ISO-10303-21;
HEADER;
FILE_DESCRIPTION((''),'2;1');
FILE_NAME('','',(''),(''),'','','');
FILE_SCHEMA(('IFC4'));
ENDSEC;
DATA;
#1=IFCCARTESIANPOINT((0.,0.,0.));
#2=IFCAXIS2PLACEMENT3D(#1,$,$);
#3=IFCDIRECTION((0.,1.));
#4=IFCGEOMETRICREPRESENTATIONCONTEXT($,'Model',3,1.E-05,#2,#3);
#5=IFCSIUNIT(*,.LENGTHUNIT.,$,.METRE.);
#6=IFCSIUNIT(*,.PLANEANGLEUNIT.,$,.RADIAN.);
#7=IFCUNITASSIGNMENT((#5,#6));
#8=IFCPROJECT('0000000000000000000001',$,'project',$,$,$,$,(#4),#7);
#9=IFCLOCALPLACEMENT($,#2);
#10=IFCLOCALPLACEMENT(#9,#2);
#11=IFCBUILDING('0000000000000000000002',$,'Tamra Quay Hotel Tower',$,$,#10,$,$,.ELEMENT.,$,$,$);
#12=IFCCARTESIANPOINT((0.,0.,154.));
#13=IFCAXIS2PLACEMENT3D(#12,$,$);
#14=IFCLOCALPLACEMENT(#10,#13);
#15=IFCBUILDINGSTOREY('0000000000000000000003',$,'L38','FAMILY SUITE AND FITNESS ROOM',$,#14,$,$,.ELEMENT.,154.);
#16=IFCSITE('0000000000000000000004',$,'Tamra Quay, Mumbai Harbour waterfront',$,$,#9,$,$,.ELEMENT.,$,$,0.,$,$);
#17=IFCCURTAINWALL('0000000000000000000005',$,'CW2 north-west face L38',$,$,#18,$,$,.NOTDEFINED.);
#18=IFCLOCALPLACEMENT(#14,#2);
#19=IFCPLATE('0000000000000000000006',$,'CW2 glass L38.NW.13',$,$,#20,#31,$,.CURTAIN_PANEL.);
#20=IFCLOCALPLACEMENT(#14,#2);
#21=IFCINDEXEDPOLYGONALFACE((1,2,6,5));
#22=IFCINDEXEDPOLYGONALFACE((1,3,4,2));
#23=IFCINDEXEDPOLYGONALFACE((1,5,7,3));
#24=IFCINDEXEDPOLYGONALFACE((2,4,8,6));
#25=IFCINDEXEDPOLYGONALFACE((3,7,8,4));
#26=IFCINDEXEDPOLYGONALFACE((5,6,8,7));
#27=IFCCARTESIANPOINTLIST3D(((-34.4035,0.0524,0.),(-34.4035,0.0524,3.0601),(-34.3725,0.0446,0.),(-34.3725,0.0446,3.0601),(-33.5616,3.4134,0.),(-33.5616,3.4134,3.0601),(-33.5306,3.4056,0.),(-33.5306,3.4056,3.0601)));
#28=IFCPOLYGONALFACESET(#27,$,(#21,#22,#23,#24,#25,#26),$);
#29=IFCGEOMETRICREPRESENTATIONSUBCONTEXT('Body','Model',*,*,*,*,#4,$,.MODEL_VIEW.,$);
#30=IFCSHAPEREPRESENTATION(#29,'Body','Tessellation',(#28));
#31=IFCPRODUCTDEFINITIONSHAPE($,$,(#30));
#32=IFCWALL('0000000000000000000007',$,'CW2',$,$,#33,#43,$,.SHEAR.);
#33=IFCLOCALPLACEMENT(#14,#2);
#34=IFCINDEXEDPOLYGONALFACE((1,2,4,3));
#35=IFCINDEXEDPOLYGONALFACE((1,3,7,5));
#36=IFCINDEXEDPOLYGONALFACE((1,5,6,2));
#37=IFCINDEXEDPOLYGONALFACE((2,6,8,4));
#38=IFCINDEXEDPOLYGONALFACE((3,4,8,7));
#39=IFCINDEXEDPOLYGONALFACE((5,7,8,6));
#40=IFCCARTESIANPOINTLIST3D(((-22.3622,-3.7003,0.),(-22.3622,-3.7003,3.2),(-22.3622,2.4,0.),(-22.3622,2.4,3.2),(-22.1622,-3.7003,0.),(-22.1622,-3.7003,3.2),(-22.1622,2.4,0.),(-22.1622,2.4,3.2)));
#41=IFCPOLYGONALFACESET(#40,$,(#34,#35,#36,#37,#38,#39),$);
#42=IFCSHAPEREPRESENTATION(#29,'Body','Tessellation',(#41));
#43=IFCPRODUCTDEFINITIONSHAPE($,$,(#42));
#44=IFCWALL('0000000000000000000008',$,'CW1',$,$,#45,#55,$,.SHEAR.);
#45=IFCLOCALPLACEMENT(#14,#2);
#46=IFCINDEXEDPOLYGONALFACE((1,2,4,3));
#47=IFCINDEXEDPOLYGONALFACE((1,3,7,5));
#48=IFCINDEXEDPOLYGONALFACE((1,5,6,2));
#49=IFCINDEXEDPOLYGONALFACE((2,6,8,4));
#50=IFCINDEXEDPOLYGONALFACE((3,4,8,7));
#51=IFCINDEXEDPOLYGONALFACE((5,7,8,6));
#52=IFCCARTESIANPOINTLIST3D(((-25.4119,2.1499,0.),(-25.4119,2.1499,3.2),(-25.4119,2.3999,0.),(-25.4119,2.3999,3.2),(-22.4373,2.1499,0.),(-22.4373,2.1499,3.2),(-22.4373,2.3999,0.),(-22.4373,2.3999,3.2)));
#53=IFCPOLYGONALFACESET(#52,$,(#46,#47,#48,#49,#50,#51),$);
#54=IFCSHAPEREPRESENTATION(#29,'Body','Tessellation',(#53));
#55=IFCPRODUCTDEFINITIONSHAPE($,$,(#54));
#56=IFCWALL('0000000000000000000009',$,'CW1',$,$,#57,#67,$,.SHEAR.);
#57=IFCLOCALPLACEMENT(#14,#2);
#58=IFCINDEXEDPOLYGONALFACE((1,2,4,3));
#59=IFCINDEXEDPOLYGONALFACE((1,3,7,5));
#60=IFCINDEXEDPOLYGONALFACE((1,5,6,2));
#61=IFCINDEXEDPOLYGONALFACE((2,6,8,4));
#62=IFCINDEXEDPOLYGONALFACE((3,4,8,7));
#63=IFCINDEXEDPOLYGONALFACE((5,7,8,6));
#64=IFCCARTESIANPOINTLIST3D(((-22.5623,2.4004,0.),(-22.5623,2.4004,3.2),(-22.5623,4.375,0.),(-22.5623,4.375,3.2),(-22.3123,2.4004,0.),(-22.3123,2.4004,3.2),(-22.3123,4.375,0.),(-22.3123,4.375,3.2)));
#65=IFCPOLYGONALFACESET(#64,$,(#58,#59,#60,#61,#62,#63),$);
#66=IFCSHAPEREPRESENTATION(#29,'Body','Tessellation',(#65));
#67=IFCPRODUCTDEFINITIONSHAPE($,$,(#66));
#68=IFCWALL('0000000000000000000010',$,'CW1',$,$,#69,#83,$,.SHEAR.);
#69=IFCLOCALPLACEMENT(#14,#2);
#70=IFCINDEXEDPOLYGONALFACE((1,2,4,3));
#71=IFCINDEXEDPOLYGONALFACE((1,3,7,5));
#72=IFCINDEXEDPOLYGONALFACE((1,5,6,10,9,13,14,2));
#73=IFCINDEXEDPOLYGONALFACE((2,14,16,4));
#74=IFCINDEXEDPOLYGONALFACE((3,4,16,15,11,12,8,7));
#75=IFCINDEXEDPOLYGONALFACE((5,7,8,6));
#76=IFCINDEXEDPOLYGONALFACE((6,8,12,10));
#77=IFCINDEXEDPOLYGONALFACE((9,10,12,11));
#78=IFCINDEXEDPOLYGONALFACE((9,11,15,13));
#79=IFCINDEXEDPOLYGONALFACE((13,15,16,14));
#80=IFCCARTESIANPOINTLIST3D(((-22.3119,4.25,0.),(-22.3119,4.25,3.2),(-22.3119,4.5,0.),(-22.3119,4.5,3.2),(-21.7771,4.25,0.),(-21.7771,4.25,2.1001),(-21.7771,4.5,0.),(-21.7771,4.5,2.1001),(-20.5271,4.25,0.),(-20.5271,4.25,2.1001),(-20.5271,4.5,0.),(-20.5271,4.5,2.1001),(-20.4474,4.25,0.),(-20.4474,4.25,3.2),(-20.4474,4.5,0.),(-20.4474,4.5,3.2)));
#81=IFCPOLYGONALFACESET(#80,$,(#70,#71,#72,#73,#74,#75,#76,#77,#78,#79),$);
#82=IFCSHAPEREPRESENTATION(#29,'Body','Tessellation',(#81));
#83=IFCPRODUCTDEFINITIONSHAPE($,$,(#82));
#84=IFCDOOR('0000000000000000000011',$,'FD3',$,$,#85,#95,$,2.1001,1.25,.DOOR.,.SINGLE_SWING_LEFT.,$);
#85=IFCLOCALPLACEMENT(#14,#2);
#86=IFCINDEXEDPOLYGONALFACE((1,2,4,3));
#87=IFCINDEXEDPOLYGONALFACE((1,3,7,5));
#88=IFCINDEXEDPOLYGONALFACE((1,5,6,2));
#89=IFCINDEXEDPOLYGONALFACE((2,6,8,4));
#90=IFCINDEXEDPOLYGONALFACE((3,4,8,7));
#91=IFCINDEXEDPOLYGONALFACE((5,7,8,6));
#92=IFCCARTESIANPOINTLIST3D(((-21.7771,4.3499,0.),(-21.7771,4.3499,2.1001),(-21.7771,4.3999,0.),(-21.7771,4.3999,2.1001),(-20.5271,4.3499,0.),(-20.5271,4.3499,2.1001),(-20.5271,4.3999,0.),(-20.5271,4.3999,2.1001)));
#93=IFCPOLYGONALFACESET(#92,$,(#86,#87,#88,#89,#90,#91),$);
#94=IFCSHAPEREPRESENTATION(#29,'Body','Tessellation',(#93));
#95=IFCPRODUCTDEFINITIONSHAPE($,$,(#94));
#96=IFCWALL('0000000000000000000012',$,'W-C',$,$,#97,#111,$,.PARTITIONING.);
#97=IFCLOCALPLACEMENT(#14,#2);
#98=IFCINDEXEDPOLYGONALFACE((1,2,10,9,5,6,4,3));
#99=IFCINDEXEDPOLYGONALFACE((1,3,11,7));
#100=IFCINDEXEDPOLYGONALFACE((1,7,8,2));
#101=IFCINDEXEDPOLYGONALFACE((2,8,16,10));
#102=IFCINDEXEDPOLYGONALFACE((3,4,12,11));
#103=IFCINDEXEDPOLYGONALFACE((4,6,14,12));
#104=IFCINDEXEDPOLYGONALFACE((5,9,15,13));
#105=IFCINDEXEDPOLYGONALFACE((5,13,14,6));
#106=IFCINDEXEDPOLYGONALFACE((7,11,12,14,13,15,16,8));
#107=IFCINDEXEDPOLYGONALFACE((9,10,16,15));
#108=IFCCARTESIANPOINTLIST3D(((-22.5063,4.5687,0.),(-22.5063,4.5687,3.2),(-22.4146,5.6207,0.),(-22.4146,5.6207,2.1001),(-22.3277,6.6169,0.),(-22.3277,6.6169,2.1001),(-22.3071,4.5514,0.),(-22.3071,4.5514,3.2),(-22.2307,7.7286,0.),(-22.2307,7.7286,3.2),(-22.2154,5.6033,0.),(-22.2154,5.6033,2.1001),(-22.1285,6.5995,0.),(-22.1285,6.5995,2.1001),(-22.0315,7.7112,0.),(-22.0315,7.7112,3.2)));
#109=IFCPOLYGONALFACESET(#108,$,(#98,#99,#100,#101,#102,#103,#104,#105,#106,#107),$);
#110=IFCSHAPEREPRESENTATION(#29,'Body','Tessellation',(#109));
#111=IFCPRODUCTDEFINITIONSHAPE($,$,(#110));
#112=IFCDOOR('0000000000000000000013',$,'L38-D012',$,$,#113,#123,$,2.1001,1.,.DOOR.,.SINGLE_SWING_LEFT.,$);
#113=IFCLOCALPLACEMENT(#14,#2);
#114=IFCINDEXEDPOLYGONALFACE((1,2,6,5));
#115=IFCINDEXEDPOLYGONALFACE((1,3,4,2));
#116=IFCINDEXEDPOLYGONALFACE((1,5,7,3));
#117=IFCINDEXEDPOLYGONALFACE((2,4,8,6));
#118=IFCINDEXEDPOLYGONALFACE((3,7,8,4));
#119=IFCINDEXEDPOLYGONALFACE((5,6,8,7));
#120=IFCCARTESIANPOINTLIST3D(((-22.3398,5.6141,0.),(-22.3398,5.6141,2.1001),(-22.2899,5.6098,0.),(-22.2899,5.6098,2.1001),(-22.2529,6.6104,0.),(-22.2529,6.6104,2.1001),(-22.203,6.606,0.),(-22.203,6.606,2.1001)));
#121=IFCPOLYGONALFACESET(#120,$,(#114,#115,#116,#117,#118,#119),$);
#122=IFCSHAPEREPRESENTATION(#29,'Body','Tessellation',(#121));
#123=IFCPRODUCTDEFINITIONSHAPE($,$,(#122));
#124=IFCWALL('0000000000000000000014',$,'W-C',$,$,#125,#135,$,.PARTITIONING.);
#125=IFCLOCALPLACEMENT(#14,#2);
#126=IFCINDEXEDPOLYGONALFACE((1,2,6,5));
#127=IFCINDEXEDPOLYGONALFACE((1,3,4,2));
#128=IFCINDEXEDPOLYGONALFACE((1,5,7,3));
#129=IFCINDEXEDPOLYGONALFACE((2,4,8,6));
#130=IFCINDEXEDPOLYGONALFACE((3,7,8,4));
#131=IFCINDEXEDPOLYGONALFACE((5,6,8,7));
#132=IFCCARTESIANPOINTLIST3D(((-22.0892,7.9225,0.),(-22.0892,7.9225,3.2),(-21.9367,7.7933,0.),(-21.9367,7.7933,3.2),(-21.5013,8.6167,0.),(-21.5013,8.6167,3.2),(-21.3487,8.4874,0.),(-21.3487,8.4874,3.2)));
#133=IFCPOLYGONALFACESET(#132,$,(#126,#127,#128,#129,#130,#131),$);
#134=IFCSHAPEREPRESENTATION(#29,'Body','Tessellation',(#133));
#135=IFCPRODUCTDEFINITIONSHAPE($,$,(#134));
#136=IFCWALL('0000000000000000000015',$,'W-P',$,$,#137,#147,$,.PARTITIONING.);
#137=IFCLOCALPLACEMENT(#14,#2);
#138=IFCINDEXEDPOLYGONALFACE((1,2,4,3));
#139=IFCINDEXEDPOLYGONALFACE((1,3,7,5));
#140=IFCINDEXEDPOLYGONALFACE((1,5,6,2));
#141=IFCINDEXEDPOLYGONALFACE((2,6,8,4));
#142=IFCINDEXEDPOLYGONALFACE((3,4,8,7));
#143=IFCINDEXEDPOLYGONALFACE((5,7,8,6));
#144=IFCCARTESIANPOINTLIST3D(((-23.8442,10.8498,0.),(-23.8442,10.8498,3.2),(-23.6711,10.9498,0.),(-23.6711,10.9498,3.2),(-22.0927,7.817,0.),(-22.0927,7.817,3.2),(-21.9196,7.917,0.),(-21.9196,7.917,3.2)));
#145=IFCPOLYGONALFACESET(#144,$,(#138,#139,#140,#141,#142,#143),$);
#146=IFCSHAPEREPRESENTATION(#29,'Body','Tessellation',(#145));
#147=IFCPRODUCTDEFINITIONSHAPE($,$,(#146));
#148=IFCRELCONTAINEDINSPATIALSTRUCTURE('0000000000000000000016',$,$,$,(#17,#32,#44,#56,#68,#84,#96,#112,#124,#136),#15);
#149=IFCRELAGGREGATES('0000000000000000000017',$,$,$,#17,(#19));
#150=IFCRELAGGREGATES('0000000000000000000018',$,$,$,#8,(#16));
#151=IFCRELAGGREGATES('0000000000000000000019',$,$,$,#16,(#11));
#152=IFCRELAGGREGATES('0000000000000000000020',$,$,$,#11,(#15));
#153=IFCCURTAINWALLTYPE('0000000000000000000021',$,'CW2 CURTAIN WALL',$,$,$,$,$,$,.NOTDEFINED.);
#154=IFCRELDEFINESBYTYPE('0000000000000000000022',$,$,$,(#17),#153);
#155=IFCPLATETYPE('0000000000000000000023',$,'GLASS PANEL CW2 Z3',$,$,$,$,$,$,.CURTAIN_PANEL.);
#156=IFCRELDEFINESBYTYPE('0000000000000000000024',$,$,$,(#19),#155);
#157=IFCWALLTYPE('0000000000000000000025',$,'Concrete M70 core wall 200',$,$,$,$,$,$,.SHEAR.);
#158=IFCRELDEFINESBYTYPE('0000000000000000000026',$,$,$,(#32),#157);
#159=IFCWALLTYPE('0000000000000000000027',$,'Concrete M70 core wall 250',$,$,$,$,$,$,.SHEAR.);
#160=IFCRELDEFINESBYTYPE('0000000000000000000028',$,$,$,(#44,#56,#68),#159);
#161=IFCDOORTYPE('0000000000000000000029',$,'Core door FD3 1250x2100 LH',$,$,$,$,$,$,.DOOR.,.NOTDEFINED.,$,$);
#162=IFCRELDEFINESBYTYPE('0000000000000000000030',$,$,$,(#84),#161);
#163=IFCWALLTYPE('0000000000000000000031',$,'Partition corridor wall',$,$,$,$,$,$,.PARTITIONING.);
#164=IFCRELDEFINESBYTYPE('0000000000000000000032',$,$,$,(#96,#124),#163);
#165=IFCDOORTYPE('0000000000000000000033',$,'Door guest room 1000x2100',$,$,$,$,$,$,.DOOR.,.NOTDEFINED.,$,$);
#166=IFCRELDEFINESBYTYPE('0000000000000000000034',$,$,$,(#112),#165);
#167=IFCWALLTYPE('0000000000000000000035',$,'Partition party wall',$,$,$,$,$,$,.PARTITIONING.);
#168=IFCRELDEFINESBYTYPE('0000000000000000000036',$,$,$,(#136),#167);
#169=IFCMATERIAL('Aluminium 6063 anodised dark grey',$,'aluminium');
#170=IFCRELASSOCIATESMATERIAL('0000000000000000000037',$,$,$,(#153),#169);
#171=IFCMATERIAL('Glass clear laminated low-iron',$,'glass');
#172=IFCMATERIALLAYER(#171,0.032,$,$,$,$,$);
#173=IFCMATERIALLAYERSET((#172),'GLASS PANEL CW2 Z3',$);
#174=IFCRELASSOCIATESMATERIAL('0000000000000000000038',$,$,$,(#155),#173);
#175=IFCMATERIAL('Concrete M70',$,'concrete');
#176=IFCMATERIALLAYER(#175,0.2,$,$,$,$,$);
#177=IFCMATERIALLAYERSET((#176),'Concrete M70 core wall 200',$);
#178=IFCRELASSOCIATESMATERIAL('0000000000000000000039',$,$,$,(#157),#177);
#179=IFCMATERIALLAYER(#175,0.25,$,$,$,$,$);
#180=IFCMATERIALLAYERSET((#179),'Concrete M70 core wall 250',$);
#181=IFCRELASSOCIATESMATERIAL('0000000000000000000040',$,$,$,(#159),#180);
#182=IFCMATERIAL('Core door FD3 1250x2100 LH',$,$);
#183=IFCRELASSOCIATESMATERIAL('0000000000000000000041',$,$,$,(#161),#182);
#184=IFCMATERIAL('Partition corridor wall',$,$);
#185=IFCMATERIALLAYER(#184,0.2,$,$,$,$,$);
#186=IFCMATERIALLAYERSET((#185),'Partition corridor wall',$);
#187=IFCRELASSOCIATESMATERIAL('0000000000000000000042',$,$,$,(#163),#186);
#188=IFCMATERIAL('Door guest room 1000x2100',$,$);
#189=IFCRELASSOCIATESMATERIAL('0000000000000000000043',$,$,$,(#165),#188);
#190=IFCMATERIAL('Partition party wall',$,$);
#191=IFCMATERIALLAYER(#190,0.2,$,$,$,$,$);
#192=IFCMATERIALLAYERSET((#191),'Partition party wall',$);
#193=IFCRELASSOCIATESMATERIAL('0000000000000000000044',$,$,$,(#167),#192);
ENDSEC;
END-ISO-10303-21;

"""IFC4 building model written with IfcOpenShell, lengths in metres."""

from ifc_helpers import new_model, si_unit, direction, frame, frame_2d, origin, origin_2d, place, context, subcontext, project, spatial, rectangle, extrude, material, layer, layer_set, type_object, element, fill, aggregate, save


model = new_model("IFC4")

# Units and contexts
model_context = context("Model", 3, precision=1e-05, world=origin(), true_north=direction((0.0, 1.0)))
body_context = subcontext(model_context, "Body", "Model", "MODEL_VIEW")
ifc_project = project(units=[si_unit("LENGTHUNIT", "METRE"), si_unit("PLANEANGLEUNIT", "RADIAN")], contexts=[model_context])

# Site, building, storey
site_placement = place(None, origin())
site = spatial("IfcSite", under=ifc_project, at=site_placement, Name="Tamra Quay, Mumbai Harbour waterfront", CompositionType="ELEMENT", RefElevation=0.0)
building_placement = place(site_placement, origin())
building = spatial("IfcBuilding", under=site, at=building_placement, Name="Tamra Quay Hotel Tower", CompositionType="ELEMENT")
storey_placement = place(building_placement, frame((0.0, 0.0, 154.0)))
storey = spatial("IfcBuildingStorey", under=building, at=storey_placement, Name="L38", Description="FAMILY SUITE AND FITNESS ROOM", CompositionType="ELEMENT", Elevation=154.0)

# Shared definitions
ifc_material_1 = material(Name="Concrete M70", Category="concrete")

# Curtain wall
ifc_material_2 = material(Name="Aluminium 6063 anodised dark grey", Category="aluminium")
curtain_wall_type = type_object("IfcCurtainWallType", Name="CW2 CURTAIN WALL", PredefinedType="NOTDEFINED", material=ifc_material_2)
curtain_wall_placement = place(storey_placement, origin())
curtain_wall = element("IfcCurtainWall", 1, at=curtain_wall_placement, inside=storey, type_object=curtain_wall_type, Name="CW2 north-west face L38", PredefinedType="NOTDEFINED")

# Plate
ifc_material_3 = material(Name="Glass clear laminated low-iron", Category="glass")
ifc_layer_1 = layer(ifc_material_3, 0.032)
ifc_layer_set_1 = layer_set([ifc_layer_1], Name="GLASS PANEL CW2 Z3")
plate_type = type_object("IfcPlateType", Name="GLASS PANEL CW2 Z3", PredefinedType="CURTAIN_PANEL", material=ifc_layer_set_1)
plate_1_placement = place(storey_placement, frame((-33.967, 1.729, 0.0), z_axis=(0.0, 0.0, 1.0), x_axis=(-0.242976, -0.970032, 0.0)))
plate_1 = element("IfcPlate", 2, at=plate_1_placement, type_object=plate_type, Name="CW2 glass L38.NW.13", PredefinedType="CURTAIN_PANEL", context=body_context, shape_type="SweptSolid", body=[
    extrude(rectangle(XDim=3.4648, YDim=0.032, at=origin_2d()), origin(), (0.0, 0.0, 1.0), 3.0601),
])
aggregate(curtain_wall, [plate_1])

# Walls
ifc_layer_2 = layer(ifc_material_1, 0.2)
ifc_layer_set_2 = layer_set([ifc_layer_2], Name="Concrete M70 core wall 200")
wall_type_1 = type_object("IfcWallType", Name="Concrete M70 core wall 200", PredefinedType="SHEAR", material=ifc_layer_set_2)
wall_1_placement = place(storey_placement, frame((-22.2622, 2.4001, 0.0), z_axis=(0.0, 0.0, 1.0), x_axis=(0.0, -1.0, 0.0)))
element("IfcWall", 3, at=wall_1_placement, inside=storey, type_object=wall_type_1, Name="CW2", PredefinedType="SHEAR", context=body_context, shape_type="SweptSolid", body=[
    extrude(rectangle(XDim=6.1003, YDim=0.2, at=frame_2d((3.0503, 0.0))), origin(), (0.0, 0.0, 1.0), 3.2),
])
ifc_layer_3 = layer(ifc_material_1, 0.25)
ifc_layer_set_3 = layer_set([ifc_layer_3], Name="Concrete M70 core wall 250")
wall_type_2 = type_object("IfcWallType", Name="Concrete M70 core wall 250", PredefinedType="SHEAR", material=ifc_layer_set_3)
wall_2_placement = place(storey_placement, frame((-25.4119, 2.2749, 0.0), z_axis=(0.0, 0.0, 1.0), x_axis=(1.0, 0.0, 0.0)))
element("IfcWall", 4, at=wall_2_placement, inside=storey, type_object=wall_type_2, Name="CW1", PredefinedType="SHEAR", context=body_context, shape_type="SweptSolid", body=[
    extrude(rectangle(XDim=2.9746, YDim=0.25, at=frame_2d((1.4873, 0.0))), origin(), (0.0, 0.0, 1.0), 3.2),
])
wall_3_placement = place(storey_placement, frame((-22.4373, 2.4004, 0.0), z_axis=(0.0, 0.0, 1.0), x_axis=(0.0, 1.0, 0.0)))
element("IfcWall", 5, at=wall_3_placement, inside=storey, type_object=wall_type_2, Name="CW1", PredefinedType="SHEAR", context=body_context, shape_type="SweptSolid", body=[
    extrude(rectangle(XDim=1.9746, YDim=0.25, at=frame_2d((0.9873, 0.0))), origin(), (0.0, 0.0, 1.0), 3.2),
])

# Walls, openings, doors
wall_4_placement = place(storey_placement, frame((-22.3118, 4.375, 0.0), z_axis=(0.0, 0.0, 1.0), x_axis=(1.0, 0.0, 0.0)))
wall_4 = element("IfcWall", 6, at=wall_4_placement, inside=storey, type_object=wall_type_2, Name="CW1", PredefinedType="SHEAR", context=body_context, shape_type="SweptSolid", body=[
    extrude(rectangle(XDim=1.8645, YDim=0.25, at=frame_2d((0.9321, 0.0))), origin(), (0.0, 0.0, 1.0), 3.2),
])
opening_1_placement = place(wall_4_placement, frame((0.5347, 0.0, 0.0)))
opening_1 = element("IfcOpeningElement", 7, at=opening_1_placement, cuts=wall_4, PredefinedType="OPENING", context=body_context, shape_type="SweptSolid", body=[
    extrude(rectangle(XDim=1.25, YDim=2.1001, at=frame_2d((0.625, 1.05))), frame((0.0, 0.135, 0.0), z_axis=(0.0, -1.0, 0.0), x_axis=(1.0, 0.0, 0.0)), (0.0, 0.0, 1.0), 0.27),
])
ifc_material_4 = material(Name="Core door FD3 1250x2100 LH")
door_type_1 = type_object("IfcDoorType", Name="Core door FD3 1250x2100 LH", OperationType="NOTDEFINED", PredefinedType="DOOR", material=ifc_material_4)
door_1_placement = place(opening_1_placement, origin())
door_1 = element("IfcDoor", 8, at=door_1_placement, inside=storey, type_object=door_type_1, Name="FD3", OperationType="SINGLE_SWING_LEFT", OverallHeight=2.1001, OverallWidth=1.25, PredefinedType="DOOR", context=body_context, shape_type="SweptSolid", body=[
    extrude(rectangle(XDim=1.25, YDim=2.1001, at=frame_2d((0.625, 1.05))), frame((0.0, 0.0249, 0.0), z_axis=(0.0, -1.0, 0.0), x_axis=(1.0, 0.0, 0.0)), (0.0, 0.0, 1.0), 0.05),
])
fill(opening_1, door_1)
ifc_material_5 = material(Name="Partition corridor wall")
ifc_layer_4 = layer(ifc_material_5, 0.2)
ifc_layer_set_4 = layer_set([ifc_layer_4], Name="Partition corridor wall")
wall_type_3 = type_object("IfcWallType", Name="Partition corridor wall", PredefinedType="PARTITIONING", material=ifc_layer_set_4)
wall_5_placement = place(storey_placement, frame((-22.4067, 4.5601, 0.0), z_axis=(0.0, 0.0, 1.0), x_axis=(0.086899, 0.996217, 0.0)))
wall_5 = element("IfcWall", 9, at=wall_5_placement, inside=storey, type_object=wall_type_3, Name="W-C", PredefinedType="PARTITIONING", context=body_context, shape_type="SweptSolid", body=[
    extrude(rectangle(XDim=3.1719, YDim=0.2, at=frame_2d((1.5859, 0.0))), origin(), (0.0, 0.0, 1.0), 3.2),
])
opening_2_placement = place(wall_5_placement, frame((1.0559, 0.0, 0.0)))
opening_2 = element("IfcOpeningElement", 10, at=opening_2_placement, cuts=wall_5, PredefinedType="OPENING", context=body_context, shape_type="SweptSolid", body=[
    extrude(rectangle(XDim=1.0, YDim=2.1001, at=frame_2d((0.5, 1.05))), frame((0.0, 0.1099, 0.0), z_axis=(0.0, -1.0, 0.0), x_axis=(1.0, 0.0, 0.0)), (0.0, 0.0, 1.0), 0.22),
])
ifc_material_6 = material(Name="Door guest room 1000x2100")
door_type_2 = type_object("IfcDoorType", Name="Door guest room 1000x2100", OperationType="NOTDEFINED", PredefinedType="DOOR", material=ifc_material_6)
door_2_placement = place(opening_2_placement, origin())
door_2 = element("IfcDoor", 11, at=door_2_placement, inside=storey, type_object=door_type_2, Name="L38-D012", OperationType="SINGLE_SWING_LEFT", OverallHeight=2.1001, OverallWidth=1.0, PredefinedType="DOOR", context=body_context, shape_type="SweptSolid", body=[
    extrude(rectangle(XDim=1.0, YDim=2.1001, at=frame_2d((0.5, 1.05))), frame((0.0, 0.0249, 0.0), z_axis=(0.0, -1.0, 0.0), x_axis=(1.0, 0.0, 0.0)), (0.0, 0.0, 1.0), 0.05),
])
fill(opening_2, door_2)

# Walls
wall_6_placement = place(storey_placement, frame((-22.0129, 7.8579, 0.0), z_axis=(0.0, 0.0, 1.0), x_axis=(0.646315, 0.763071, 0.0)))
element("IfcWall", 12, at=wall_6_placement, inside=storey, type_object=wall_type_3, Name="W-C", PredefinedType="PARTITIONING", context=body_context, shape_type="SweptSolid", body=[
    extrude(rectangle(XDim=0.9097, YDim=0.2, at=frame_2d((0.4548, 0.0))), origin(), (0.0, 0.0, 1.0), 3.2),
])
ifc_material_7 = material(Name="Partition party wall")
ifc_layer_5 = layer(ifc_material_7, 0.2)
ifc_layer_set_5 = layer_set([ifc_layer_5], Name="Partition party wall")
wall_type_4 = type_object("IfcWallType", Name="Partition party wall", PredefinedType="PARTITIONING", material=ifc_layer_set_5)
wall_7_placement = place(storey_placement, frame((-23.7576, 10.8997, 0.0), z_axis=(0.0, 0.0, 1.0), x_axis=(0.500113, -0.86596, 0.0)))
element("IfcWall", 13, at=wall_7_placement, inside=storey, type_object=wall_type_4, Name="W-P", PredefinedType="PARTITIONING", context=body_context, shape_type="SweptSolid", body=[
    extrude(rectangle(XDim=3.5022, YDim=0.2, at=frame_2d((1.751, 0.0))), origin(), (0.0, 0.0, 1.0), 3.2),
])

save(model, "model.ifc")
